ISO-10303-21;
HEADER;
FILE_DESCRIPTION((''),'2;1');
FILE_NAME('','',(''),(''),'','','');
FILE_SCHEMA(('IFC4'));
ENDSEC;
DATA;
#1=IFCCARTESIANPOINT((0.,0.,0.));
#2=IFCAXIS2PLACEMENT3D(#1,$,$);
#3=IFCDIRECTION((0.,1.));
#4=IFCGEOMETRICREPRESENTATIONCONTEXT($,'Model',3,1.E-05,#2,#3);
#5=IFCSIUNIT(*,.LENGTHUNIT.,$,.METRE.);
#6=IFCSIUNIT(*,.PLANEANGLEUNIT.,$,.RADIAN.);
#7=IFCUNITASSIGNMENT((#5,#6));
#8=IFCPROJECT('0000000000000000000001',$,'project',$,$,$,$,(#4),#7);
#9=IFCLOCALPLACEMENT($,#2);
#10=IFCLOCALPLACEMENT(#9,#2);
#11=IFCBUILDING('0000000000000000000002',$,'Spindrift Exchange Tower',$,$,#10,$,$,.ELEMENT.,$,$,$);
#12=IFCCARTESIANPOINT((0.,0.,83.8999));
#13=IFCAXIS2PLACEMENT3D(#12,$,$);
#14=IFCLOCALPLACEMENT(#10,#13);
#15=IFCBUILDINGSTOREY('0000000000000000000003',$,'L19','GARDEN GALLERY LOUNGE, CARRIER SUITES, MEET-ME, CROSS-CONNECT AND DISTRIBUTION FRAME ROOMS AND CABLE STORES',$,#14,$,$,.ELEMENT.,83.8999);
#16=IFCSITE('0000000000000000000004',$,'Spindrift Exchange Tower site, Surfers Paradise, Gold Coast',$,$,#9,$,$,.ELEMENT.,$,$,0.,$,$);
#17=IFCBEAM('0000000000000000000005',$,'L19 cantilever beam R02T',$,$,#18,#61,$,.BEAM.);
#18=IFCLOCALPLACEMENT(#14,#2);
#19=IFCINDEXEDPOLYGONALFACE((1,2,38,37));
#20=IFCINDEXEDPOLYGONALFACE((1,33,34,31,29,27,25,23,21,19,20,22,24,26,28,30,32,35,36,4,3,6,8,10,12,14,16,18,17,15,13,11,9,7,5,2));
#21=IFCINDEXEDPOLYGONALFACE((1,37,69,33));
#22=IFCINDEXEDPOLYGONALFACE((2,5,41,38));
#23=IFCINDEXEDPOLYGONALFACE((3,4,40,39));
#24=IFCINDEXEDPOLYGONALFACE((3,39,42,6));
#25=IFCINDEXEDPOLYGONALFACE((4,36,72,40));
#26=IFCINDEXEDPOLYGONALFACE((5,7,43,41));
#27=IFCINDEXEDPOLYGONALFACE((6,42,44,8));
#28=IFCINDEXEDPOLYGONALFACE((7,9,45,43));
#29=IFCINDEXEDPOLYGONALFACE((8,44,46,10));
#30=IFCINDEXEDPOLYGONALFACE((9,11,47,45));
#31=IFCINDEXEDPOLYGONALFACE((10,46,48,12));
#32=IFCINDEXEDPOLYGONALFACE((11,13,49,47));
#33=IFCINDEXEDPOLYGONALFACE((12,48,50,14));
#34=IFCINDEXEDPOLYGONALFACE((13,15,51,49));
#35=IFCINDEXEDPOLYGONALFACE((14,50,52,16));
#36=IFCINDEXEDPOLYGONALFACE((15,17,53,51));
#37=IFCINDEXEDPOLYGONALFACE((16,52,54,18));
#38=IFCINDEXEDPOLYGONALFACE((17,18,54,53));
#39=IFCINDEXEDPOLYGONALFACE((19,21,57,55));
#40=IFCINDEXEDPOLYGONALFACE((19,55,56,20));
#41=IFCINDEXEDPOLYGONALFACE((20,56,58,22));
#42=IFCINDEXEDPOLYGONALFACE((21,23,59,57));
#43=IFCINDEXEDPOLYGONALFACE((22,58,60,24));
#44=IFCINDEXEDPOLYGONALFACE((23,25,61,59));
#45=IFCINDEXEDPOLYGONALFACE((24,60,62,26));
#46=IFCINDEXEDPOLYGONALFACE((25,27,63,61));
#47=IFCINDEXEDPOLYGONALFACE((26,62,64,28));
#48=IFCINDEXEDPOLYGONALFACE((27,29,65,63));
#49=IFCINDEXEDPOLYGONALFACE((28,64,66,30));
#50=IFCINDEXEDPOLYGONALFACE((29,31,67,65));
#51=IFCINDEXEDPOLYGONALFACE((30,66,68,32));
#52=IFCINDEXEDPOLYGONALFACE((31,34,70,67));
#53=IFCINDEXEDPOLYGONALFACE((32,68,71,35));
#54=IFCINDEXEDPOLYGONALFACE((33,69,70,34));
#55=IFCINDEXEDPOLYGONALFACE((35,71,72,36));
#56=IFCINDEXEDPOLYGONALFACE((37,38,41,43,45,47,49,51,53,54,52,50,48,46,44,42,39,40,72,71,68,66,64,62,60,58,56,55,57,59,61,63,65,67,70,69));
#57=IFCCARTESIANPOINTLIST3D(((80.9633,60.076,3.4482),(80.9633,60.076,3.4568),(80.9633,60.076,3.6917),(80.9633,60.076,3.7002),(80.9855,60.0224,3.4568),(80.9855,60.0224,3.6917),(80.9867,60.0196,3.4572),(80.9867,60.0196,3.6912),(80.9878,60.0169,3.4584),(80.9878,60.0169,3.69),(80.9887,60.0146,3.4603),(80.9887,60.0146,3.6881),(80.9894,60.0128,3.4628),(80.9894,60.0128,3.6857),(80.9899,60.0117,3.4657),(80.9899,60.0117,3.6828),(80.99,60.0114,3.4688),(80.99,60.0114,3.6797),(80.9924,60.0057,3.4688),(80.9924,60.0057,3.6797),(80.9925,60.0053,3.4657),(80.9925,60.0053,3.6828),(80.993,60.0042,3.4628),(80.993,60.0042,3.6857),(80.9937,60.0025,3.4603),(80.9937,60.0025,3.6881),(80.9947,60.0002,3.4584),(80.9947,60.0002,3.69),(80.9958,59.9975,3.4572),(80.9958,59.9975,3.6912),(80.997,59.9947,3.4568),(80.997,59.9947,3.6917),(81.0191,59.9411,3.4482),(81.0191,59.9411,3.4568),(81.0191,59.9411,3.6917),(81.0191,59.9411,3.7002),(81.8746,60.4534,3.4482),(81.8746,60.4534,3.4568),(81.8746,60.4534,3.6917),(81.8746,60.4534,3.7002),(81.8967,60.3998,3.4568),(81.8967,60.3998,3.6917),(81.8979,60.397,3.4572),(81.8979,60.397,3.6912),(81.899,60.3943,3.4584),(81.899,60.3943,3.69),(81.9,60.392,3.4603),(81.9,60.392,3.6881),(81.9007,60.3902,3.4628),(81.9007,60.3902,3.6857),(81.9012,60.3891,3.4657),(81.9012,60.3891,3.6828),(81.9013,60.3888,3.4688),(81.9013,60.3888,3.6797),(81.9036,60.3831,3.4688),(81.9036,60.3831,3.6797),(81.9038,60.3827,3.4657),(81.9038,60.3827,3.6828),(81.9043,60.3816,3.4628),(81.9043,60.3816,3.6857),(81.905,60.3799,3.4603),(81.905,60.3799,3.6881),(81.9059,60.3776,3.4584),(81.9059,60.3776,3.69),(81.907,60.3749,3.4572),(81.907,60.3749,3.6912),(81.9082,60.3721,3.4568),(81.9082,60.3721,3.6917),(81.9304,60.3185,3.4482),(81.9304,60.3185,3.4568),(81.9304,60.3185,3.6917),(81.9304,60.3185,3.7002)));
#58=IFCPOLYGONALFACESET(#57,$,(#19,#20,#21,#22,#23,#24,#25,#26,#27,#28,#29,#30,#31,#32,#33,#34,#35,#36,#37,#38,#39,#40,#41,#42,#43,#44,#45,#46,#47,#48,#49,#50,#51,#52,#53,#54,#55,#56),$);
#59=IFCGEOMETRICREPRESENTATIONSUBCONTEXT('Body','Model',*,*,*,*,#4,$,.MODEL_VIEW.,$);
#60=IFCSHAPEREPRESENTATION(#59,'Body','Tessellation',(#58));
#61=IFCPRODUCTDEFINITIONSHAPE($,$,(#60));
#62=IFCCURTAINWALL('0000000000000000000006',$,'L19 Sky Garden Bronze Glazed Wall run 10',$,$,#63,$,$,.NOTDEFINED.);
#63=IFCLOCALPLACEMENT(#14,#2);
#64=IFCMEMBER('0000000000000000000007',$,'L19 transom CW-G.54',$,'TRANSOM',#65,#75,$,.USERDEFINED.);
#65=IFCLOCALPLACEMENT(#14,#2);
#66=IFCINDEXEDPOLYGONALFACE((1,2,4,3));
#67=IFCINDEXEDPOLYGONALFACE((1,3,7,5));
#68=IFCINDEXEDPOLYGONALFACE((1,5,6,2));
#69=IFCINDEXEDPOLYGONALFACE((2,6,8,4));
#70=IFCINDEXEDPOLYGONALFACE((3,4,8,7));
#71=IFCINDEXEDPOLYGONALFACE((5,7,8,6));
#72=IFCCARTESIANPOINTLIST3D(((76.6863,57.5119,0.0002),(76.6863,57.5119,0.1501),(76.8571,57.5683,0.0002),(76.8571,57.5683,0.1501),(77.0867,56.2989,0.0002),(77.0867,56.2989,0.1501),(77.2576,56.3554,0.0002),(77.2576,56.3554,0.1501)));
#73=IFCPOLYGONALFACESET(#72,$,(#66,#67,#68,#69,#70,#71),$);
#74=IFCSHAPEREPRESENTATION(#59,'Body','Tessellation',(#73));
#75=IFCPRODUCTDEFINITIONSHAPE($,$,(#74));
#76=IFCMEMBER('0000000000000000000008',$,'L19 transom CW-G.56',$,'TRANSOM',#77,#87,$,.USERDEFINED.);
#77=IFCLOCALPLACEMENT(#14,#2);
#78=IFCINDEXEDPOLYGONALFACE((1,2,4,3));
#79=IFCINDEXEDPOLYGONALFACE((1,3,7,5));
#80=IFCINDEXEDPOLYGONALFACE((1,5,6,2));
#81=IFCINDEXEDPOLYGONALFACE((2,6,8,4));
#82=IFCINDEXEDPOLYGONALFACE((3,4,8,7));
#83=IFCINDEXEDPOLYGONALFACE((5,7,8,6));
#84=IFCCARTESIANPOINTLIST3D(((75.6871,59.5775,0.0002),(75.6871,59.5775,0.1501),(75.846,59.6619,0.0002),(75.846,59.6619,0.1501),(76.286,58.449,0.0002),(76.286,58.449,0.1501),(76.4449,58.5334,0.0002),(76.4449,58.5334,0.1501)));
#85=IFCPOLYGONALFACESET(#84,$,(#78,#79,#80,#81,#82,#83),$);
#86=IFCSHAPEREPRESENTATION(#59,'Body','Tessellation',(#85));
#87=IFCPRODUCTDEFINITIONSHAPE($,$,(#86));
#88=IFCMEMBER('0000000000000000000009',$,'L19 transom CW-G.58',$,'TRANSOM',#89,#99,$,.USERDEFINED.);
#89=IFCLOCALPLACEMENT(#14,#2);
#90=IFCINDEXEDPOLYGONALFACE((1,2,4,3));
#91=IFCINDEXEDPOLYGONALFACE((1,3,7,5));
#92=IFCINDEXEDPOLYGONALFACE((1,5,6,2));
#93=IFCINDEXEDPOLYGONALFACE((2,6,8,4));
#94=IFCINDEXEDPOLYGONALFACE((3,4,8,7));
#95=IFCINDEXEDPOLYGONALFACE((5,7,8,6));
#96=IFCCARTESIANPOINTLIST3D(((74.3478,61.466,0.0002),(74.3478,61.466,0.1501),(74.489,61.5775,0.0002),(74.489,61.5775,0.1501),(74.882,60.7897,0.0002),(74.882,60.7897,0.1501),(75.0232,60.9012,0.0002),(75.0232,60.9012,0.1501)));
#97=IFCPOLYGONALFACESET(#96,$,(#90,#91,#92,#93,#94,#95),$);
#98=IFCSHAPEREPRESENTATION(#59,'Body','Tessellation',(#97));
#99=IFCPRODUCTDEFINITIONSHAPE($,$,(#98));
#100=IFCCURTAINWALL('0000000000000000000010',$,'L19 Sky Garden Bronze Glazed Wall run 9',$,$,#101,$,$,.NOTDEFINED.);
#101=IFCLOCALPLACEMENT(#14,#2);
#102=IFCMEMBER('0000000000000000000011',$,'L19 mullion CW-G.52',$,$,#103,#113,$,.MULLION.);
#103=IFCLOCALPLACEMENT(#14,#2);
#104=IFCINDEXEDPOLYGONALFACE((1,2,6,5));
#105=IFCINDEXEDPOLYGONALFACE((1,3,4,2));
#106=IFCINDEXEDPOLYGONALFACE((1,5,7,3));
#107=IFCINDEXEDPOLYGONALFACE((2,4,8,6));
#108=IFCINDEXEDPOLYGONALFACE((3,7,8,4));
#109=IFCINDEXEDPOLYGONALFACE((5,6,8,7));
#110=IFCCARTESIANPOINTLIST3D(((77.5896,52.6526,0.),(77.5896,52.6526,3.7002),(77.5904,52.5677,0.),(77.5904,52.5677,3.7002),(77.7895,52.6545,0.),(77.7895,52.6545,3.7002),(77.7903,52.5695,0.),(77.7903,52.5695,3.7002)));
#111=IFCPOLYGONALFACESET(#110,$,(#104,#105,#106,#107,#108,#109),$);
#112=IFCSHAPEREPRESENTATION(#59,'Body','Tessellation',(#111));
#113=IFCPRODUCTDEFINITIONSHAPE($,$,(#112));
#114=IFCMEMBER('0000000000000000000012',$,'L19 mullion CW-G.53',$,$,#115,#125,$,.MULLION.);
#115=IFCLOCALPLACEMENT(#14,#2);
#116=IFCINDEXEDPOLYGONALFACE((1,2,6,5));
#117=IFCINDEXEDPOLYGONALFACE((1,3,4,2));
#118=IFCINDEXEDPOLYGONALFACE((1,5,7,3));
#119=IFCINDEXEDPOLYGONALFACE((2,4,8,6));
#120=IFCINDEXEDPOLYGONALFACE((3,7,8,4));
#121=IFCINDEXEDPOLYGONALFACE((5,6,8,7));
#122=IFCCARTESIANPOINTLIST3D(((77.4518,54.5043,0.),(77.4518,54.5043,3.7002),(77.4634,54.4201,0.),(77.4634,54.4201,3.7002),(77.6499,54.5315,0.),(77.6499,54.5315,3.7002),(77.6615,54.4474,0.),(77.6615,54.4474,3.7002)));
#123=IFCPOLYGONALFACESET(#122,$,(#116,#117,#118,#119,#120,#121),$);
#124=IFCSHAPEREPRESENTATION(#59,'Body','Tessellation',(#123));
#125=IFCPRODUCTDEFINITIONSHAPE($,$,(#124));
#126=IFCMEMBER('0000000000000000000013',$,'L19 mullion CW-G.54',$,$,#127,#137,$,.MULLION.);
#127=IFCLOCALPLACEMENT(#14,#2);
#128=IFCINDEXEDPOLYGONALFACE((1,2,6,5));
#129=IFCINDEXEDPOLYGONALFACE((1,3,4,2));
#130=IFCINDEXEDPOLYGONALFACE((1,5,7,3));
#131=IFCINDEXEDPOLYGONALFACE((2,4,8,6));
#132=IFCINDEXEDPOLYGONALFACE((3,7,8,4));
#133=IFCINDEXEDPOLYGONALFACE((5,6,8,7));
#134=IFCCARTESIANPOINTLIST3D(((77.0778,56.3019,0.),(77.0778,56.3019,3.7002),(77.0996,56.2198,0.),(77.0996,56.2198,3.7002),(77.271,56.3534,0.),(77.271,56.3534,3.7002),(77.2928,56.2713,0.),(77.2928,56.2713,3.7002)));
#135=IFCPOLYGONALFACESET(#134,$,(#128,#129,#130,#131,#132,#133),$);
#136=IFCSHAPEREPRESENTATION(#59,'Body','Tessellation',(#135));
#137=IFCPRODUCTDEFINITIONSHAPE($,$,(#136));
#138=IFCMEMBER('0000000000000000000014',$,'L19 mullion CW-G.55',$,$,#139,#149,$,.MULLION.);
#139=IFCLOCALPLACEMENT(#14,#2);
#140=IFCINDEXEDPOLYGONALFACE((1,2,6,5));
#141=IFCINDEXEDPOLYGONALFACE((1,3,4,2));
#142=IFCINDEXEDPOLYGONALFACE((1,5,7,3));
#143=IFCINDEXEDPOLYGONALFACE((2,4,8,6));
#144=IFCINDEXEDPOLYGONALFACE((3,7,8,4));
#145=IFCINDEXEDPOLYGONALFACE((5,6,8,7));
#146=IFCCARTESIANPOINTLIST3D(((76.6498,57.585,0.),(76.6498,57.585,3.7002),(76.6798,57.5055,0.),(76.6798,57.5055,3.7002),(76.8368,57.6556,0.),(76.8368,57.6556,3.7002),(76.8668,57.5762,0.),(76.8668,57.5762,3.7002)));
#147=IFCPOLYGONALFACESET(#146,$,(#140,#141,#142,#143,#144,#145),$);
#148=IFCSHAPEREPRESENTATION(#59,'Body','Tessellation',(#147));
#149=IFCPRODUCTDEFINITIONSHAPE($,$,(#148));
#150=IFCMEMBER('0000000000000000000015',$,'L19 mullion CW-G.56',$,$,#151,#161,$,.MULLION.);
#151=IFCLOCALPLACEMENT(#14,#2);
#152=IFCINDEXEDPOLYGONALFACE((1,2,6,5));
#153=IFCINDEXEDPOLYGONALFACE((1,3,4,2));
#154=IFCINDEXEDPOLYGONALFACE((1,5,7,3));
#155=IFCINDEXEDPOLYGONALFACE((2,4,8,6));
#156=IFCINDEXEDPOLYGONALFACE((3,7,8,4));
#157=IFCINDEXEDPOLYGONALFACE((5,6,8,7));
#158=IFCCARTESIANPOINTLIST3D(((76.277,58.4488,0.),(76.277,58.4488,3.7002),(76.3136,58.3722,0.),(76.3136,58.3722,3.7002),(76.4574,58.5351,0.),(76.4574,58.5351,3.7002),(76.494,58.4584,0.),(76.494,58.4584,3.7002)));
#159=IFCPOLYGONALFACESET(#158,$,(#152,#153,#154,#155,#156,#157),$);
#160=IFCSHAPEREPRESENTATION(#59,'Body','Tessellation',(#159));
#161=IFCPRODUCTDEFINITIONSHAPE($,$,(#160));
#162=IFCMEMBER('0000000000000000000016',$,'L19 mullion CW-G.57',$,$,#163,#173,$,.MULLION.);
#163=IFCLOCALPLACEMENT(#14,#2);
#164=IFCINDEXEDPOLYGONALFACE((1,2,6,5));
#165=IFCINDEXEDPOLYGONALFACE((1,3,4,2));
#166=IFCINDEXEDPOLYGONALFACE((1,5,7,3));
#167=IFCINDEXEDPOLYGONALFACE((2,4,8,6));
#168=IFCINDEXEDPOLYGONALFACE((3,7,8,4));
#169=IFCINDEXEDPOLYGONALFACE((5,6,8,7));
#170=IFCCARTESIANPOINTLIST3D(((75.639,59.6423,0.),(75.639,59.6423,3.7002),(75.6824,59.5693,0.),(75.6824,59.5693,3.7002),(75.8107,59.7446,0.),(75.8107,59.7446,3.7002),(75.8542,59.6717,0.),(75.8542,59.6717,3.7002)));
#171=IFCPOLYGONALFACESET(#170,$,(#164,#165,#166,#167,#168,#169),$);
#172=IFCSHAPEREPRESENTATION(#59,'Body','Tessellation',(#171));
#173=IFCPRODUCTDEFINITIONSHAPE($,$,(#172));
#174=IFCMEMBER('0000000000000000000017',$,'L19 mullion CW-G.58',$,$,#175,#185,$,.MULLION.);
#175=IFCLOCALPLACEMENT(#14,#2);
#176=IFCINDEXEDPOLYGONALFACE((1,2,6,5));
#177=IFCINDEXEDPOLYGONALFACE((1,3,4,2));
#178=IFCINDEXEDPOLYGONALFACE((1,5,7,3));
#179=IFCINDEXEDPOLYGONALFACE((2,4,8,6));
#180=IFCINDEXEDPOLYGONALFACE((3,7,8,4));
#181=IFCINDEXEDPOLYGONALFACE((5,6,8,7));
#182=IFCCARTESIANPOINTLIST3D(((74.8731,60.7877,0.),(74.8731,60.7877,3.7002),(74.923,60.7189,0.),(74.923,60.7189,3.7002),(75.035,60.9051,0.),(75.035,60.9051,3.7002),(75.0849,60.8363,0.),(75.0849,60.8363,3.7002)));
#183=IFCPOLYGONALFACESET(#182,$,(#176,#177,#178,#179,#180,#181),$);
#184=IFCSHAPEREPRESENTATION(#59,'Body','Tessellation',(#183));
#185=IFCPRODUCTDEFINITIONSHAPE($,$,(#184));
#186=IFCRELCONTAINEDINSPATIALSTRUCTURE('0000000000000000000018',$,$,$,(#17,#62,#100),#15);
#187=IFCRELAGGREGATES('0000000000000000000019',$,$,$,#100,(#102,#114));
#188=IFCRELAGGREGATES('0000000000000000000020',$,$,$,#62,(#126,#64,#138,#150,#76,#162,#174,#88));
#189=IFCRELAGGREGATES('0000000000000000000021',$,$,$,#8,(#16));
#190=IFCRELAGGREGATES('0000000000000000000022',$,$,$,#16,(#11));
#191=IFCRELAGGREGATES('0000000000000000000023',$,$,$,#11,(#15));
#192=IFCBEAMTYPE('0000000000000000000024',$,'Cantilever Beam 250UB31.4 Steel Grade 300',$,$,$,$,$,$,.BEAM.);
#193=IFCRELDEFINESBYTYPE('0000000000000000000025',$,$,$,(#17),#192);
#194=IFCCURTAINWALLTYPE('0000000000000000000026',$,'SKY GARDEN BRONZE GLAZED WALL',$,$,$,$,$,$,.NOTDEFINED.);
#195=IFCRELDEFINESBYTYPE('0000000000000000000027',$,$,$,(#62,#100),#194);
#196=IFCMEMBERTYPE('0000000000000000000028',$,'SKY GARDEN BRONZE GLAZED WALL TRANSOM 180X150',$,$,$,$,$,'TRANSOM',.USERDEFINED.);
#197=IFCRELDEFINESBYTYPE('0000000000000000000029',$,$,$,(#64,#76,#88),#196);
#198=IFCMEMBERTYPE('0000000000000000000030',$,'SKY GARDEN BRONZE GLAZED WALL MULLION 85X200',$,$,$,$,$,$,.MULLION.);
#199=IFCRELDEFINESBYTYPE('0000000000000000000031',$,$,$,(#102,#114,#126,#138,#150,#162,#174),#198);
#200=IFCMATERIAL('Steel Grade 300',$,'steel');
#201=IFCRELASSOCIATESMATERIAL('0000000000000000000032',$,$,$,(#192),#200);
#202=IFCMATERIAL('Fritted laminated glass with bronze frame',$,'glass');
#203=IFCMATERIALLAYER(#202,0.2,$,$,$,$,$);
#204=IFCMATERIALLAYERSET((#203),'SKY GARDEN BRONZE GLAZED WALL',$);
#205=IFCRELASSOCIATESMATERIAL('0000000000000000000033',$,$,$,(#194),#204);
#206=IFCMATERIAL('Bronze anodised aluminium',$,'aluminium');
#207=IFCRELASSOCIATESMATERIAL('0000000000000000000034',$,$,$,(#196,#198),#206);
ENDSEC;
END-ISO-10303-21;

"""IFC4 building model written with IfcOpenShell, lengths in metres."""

from ifc_helpers import new_model, si_unit, direction, frame, origin, origin_2d, place, context, subcontext, project, spatial, rectangle, i_section, extrude, source, transform, mapped, material, layer, layer_set, material_profile, profile_set, type_object, element, aggregate, save


model = new_model("IFC4")

# Units and contexts
model_context = context("Model", 3, precision=1e-05, world=origin(), true_north=direction((0.0, 1.0)))
body_context = subcontext(model_context, "Body", "Model", "MODEL_VIEW")
ifc_project = project(units=[si_unit("LENGTHUNIT", "METRE"), si_unit("PLANEANGLEUNIT", "RADIAN")], contexts=[model_context])

# Site, building, storey
site_placement = place(None, origin())
site = spatial("IfcSite", under=ifc_project, at=site_placement, Name="Spindrift Exchange Tower site, Surfers Paradise, Gold Coast", CompositionType="ELEMENT", RefElevation=0.0)
building_placement = place(site_placement, origin())
building = spatial("IfcBuilding", under=site, at=building_placement, Name="Spindrift Exchange Tower", CompositionType="ELEMENT")
storey_placement = place(building_placement, frame((0.0, 0.0, 83.8999)))
storey = spatial("IfcBuildingStorey", under=building, at=storey_placement, Name="L19", Description="GARDEN GALLERY LOUNGE, CARRIER SUITES, MEET-ME, CROSS-CONNECT AND DISTRIBUTION FRAME ROOMS AND CABLE STORES", CompositionType="ELEMENT", Elevation=83.8999)

# Beam
ifc_material_1 = material(Name="Steel Grade 300", Category="steel")
ifc_material_profile_1 = material_profile(ifc_material_1, i_section(OverallWidth=0.146, OverallDepth=0.252, WebThickness=0.0061, FlangeThickness=0.0085, FilletRadius=0.012, at=origin_2d()), Name="250UB31.4")
ifc_profile_set_1 = profile_set([ifc_material_profile_1], Name="Steel Grade 300")
beam_type_1 = type_object("IfcBeamType", Name="Cantilever Beam 250UB31.4 Steel Grade 300", PredefinedType="BEAM", material=ifc_profile_set_1)
shared_shape_1 = source(origin(), body_context, "Body", "SweptSolid", [
    extrude(i_section(OverallWidth=0.146, OverallDepth=0.252, WebThickness=0.0061, FlangeThickness=0.0085, FilletRadius=0.012, at=origin_2d()), origin(), (0.0, 0.0, 1.0), 0.9863),
])
beam_1_placement = place(storey_placement, frame((80.9912, 60.0085, 3.5742), z_axis=(0.923902, 0.382629, 0.0), x_axis=(-0.382629, 0.923902, 0.0)))
element("IfcBeam", 1, at=beam_1_placement, inside=storey, type_object=beam_type_1, Name="L19 cantilever beam R02T", PredefinedType="BEAM", context=body_context, shape_type="MappedRepresentation", body=[
    mapped(shared_shape_1, transform((0.0, 0.0, 0.0), scale=1.0)),
])

# Curtain walls, members
ifc_material_2 = material(Name="Fritted laminated glass with bronze frame", Category="glass")
ifc_layer_1 = layer(ifc_material_2, 0.2)
ifc_layer_set_1 = layer_set([ifc_layer_1], Name="SKY GARDEN BRONZE GLAZED WALL")
curtain_wall_type = type_object("IfcCurtainWallType", Name="SKY GARDEN BRONZE GLAZED WALL", PredefinedType="NOTDEFINED", material=ifc_layer_set_1)
curtain_wall_1_placement = place(storey_placement, origin())
curtain_wall_1 = element("IfcCurtainWall", 2, at=curtain_wall_1_placement, inside=storey, type_object=curtain_wall_type, Name="L19 Sky Garden Bronze Glazed Wall run 10", PredefinedType="NOTDEFINED")
ifc_material_3 = material(Name="Bronze anodised aluminium", Category="aluminium")
ifc_material_profile_2 = material_profile(ifc_material_3, rectangle(XDim=0.1799, YDim=0.1499, at=origin_2d()), Name="SKY GARDEN BRONZE GLAZED WALL TRANSOM 180X150")
ifc_profile_set_2 = profile_set([ifc_material_profile_2], Name="Bronze anodised aluminium")
member_type_1 = type_object("IfcMemberType", Name="SKY GARDEN BRONZE GLAZED WALL TRANSOM 180X150", ElementType="TRANSOM", PredefinedType="USERDEFINED", material=ifc_profile_set_2)
shared_shape_2 = source(origin(), body_context, "Body", "SweptSolid", [
    extrude(rectangle(XDim=0.1799, YDim=0.1499, at=origin_2d()), origin(), (0.0, 0.0, 1.0), 1.2773),
])
member_1_placement = place(storey_placement, frame((77.1721, 56.3271, 0.0752), z_axis=(-0.313474, 0.949597, 0.0), x_axis=(-0.949597, -0.313474, 0.0)))
member_1 = element("IfcMember", 3, at=member_1_placement, type_object=member_type_1, Name="L19 transom CW-G.54", ObjectType="TRANSOM", PredefinedType="USERDEFINED", context=body_context, shape_type="MappedRepresentation", body=[
    mapped(shared_shape_2, transform((0.0, 0.0, 0.0), scale=1.0)),
])
shared_shape_3 = source(origin(), body_context, "Body", "SweptSolid", [
    extrude(rectangle(XDim=0.1799, YDim=0.1499, at=origin_2d()), origin(), (0.0, 0.0, 1.0), 1.2776),
])
member_2_placement = place(storey_placement, frame((76.3655, 58.4912, 0.0752), z_axis=(-0.468792, 0.883309, 0.0), x_axis=(-0.883309, -0.468792, 0.0)))
member_2 = element("IfcMember", 4, at=member_2_placement, type_object=member_type_1, Name="L19 transom CW-G.56", ObjectType="TRANSOM", PredefinedType="USERDEFINED", context=body_context, shape_type="MappedRepresentation", body=[
    mapped(shared_shape_3, transform((0.0, 0.0, 0.0), scale=1.0)),
])
shared_shape_4 = source(origin(), body_context, "Body", "SweptSolid", [
    extrude(rectangle(XDim=0.1799, YDim=0.1499, at=origin_2d()), origin(), (0.0, 0.0, 1.0), 0.8618),
])
member_3_placement = place(storey_placement, frame((74.9526, 60.8455, 0.0752), z_axis=(-0.619846, 0.784723, 0.0), x_axis=(-0.784723, -0.619846, 0.0)))
member_3 = element("IfcMember", 5, at=member_3_placement, type_object=member_type_1, Name="L19 transom CW-G.58", ObjectType="TRANSOM", PredefinedType="USERDEFINED", context=body_context, shape_type="MappedRepresentation", body=[
    mapped(shared_shape_4, transform((0.0, 0.0, 0.0), scale=1.0)),
])
curtain_wall_2_placement = place(storey_placement, origin())
curtain_wall_2 = element("IfcCurtainWall", 6, at=curtain_wall_2_placement, inside=storey, type_object=curtain_wall_type, Name="L19 Sky Garden Bronze Glazed Wall run 9", PredefinedType="NOTDEFINED")
ifc_material_profile_3 = material_profile(ifc_material_3, rectangle(XDim=0.085, YDim=0.2, at=origin_2d()), Name="SKY GARDEN BRONZE GLAZED WALL MULLION 85X200")
ifc_profile_set_3 = profile_set([ifc_material_profile_3], Name="Bronze anodised aluminium")
member_type_2 = type_object("IfcMemberType", Name="SKY GARDEN BRONZE GLAZED WALL MULLION 85X200", PredefinedType="MULLION", material=ifc_profile_set_3)
shared_shape_5 = source(origin(), body_context, "Body", "SweptSolid", [
    extrude(rectangle(XDim=0.085, YDim=0.2, at=origin_2d()), origin(), (0.0, 0.0, 1.0), 3.7002),
])
member_4_placement = place(storey_placement, frame((77.6899, 52.6111, 0.0), z_axis=(0.0, 0.0, 1.0), x_axis=(-0.009406, 0.999956, 0.0)))
member_4 = element("IfcMember", 7, at=member_4_placement, type_object=member_type_2, Name="L19 mullion CW-G.52", PredefinedType="MULLION", context=body_context, shape_type="MappedRepresentation", body=[
    mapped(shared_shape_5, transform((0.0, 0.0, 0.0), scale=1.0)),
])
member_5_placement = place(storey_placement, frame((77.5566, 54.4758, 0.0), z_axis=(0.0, 0.0, 1.0), x_axis=(-0.136344, 0.990662, 0.0)))
member_5 = element("IfcMember", 8, at=member_5_placement, type_object=member_type_2, Name="L19 mullion CW-G.53", PredefinedType="MULLION", context=body_context, shape_type="MappedRepresentation", body=[
    mapped(shared_shape_5, transform((0.0, 0.0, 0.0), scale=1.0)),
])

# Members
member_6_placement = place(storey_placement, frame((77.1853, 56.2866, 0.0), z_axis=(0.0, 0.0, 1.0), x_axis=(-0.257604, 0.966251, 0.0)))
member_6 = element("IfcMember", 9, at=member_6_placement, type_object=member_type_2, Name="L19 mullion CW-G.54", PredefinedType="MULLION", context=body_context, shape_type="MappedRepresentation", body=[
    mapped(shared_shape_5, transform((0.0, 0.0, 0.0), scale=1.0)),
])
member_7_placement = place(storey_placement, frame((76.7583, 57.5806, 0.0), z_axis=(0.0, 0.0, 1.0), x_axis=(-0.353442, 0.935456, 0.0)))
member_7 = element("IfcMember", 10, at=member_7_placement, type_object=member_type_2, Name="L19 mullion CW-G.55", PredefinedType="MULLION", context=body_context, shape_type="MappedRepresentation", body=[
    mapped(shared_shape_5, transform((0.0, 0.0, 0.0), scale=1.0)),
])
member_8_placement = place(storey_placement, frame((76.3855, 58.4536, 0.0), z_axis=(0.0, 0.0, 1.0), x_axis=(-0.431188, 0.902262, 0.0)))
member_8 = element("IfcMember", 11, at=member_8_placement, type_object=member_type_2, Name="L19 mullion CW-G.56", PredefinedType="MULLION", context=body_context, shape_type="MappedRepresentation", body=[
    mapped(shared_shape_5, transform((0.0, 0.0, 0.0), scale=1.0)),
])
member_9_placement = place(storey_placement, frame((75.7466, 59.657, 0.0), z_axis=(0.0, 0.0, 1.0), x_axis=(-0.511833, 0.859085, 0.0)))
member_9 = element("IfcMember", 12, at=member_9_placement, type_object=member_type_2, Name="L19 mullion CW-G.57", PredefinedType="MULLION", context=body_context, shape_type="MappedRepresentation", body=[
    mapped(shared_shape_5, transform((0.0, 0.0, 0.0), scale=1.0)),
])
member_10_placement = place(storey_placement, frame((74.979, 60.812, 0.0), z_axis=(0.0, 0.0, 1.0), x_axis=(-0.587118, 0.809502, 0.0)))
member_10 = element("IfcMember", 13, at=member_10_placement, type_object=member_type_2, Name="L19 mullion CW-G.58", PredefinedType="MULLION", context=body_context, shape_type="MappedRepresentation", body=[
    mapped(shared_shape_5, transform((0.0, 0.0, 0.0), scale=1.0)),
])

aggregate(curtain_wall_2, [member_4, member_5])
aggregate(curtain_wall_1, [member_6, member_1, member_7, member_8, member_2, member_9, member_10, member_3])

save(model, "model.ifc")
